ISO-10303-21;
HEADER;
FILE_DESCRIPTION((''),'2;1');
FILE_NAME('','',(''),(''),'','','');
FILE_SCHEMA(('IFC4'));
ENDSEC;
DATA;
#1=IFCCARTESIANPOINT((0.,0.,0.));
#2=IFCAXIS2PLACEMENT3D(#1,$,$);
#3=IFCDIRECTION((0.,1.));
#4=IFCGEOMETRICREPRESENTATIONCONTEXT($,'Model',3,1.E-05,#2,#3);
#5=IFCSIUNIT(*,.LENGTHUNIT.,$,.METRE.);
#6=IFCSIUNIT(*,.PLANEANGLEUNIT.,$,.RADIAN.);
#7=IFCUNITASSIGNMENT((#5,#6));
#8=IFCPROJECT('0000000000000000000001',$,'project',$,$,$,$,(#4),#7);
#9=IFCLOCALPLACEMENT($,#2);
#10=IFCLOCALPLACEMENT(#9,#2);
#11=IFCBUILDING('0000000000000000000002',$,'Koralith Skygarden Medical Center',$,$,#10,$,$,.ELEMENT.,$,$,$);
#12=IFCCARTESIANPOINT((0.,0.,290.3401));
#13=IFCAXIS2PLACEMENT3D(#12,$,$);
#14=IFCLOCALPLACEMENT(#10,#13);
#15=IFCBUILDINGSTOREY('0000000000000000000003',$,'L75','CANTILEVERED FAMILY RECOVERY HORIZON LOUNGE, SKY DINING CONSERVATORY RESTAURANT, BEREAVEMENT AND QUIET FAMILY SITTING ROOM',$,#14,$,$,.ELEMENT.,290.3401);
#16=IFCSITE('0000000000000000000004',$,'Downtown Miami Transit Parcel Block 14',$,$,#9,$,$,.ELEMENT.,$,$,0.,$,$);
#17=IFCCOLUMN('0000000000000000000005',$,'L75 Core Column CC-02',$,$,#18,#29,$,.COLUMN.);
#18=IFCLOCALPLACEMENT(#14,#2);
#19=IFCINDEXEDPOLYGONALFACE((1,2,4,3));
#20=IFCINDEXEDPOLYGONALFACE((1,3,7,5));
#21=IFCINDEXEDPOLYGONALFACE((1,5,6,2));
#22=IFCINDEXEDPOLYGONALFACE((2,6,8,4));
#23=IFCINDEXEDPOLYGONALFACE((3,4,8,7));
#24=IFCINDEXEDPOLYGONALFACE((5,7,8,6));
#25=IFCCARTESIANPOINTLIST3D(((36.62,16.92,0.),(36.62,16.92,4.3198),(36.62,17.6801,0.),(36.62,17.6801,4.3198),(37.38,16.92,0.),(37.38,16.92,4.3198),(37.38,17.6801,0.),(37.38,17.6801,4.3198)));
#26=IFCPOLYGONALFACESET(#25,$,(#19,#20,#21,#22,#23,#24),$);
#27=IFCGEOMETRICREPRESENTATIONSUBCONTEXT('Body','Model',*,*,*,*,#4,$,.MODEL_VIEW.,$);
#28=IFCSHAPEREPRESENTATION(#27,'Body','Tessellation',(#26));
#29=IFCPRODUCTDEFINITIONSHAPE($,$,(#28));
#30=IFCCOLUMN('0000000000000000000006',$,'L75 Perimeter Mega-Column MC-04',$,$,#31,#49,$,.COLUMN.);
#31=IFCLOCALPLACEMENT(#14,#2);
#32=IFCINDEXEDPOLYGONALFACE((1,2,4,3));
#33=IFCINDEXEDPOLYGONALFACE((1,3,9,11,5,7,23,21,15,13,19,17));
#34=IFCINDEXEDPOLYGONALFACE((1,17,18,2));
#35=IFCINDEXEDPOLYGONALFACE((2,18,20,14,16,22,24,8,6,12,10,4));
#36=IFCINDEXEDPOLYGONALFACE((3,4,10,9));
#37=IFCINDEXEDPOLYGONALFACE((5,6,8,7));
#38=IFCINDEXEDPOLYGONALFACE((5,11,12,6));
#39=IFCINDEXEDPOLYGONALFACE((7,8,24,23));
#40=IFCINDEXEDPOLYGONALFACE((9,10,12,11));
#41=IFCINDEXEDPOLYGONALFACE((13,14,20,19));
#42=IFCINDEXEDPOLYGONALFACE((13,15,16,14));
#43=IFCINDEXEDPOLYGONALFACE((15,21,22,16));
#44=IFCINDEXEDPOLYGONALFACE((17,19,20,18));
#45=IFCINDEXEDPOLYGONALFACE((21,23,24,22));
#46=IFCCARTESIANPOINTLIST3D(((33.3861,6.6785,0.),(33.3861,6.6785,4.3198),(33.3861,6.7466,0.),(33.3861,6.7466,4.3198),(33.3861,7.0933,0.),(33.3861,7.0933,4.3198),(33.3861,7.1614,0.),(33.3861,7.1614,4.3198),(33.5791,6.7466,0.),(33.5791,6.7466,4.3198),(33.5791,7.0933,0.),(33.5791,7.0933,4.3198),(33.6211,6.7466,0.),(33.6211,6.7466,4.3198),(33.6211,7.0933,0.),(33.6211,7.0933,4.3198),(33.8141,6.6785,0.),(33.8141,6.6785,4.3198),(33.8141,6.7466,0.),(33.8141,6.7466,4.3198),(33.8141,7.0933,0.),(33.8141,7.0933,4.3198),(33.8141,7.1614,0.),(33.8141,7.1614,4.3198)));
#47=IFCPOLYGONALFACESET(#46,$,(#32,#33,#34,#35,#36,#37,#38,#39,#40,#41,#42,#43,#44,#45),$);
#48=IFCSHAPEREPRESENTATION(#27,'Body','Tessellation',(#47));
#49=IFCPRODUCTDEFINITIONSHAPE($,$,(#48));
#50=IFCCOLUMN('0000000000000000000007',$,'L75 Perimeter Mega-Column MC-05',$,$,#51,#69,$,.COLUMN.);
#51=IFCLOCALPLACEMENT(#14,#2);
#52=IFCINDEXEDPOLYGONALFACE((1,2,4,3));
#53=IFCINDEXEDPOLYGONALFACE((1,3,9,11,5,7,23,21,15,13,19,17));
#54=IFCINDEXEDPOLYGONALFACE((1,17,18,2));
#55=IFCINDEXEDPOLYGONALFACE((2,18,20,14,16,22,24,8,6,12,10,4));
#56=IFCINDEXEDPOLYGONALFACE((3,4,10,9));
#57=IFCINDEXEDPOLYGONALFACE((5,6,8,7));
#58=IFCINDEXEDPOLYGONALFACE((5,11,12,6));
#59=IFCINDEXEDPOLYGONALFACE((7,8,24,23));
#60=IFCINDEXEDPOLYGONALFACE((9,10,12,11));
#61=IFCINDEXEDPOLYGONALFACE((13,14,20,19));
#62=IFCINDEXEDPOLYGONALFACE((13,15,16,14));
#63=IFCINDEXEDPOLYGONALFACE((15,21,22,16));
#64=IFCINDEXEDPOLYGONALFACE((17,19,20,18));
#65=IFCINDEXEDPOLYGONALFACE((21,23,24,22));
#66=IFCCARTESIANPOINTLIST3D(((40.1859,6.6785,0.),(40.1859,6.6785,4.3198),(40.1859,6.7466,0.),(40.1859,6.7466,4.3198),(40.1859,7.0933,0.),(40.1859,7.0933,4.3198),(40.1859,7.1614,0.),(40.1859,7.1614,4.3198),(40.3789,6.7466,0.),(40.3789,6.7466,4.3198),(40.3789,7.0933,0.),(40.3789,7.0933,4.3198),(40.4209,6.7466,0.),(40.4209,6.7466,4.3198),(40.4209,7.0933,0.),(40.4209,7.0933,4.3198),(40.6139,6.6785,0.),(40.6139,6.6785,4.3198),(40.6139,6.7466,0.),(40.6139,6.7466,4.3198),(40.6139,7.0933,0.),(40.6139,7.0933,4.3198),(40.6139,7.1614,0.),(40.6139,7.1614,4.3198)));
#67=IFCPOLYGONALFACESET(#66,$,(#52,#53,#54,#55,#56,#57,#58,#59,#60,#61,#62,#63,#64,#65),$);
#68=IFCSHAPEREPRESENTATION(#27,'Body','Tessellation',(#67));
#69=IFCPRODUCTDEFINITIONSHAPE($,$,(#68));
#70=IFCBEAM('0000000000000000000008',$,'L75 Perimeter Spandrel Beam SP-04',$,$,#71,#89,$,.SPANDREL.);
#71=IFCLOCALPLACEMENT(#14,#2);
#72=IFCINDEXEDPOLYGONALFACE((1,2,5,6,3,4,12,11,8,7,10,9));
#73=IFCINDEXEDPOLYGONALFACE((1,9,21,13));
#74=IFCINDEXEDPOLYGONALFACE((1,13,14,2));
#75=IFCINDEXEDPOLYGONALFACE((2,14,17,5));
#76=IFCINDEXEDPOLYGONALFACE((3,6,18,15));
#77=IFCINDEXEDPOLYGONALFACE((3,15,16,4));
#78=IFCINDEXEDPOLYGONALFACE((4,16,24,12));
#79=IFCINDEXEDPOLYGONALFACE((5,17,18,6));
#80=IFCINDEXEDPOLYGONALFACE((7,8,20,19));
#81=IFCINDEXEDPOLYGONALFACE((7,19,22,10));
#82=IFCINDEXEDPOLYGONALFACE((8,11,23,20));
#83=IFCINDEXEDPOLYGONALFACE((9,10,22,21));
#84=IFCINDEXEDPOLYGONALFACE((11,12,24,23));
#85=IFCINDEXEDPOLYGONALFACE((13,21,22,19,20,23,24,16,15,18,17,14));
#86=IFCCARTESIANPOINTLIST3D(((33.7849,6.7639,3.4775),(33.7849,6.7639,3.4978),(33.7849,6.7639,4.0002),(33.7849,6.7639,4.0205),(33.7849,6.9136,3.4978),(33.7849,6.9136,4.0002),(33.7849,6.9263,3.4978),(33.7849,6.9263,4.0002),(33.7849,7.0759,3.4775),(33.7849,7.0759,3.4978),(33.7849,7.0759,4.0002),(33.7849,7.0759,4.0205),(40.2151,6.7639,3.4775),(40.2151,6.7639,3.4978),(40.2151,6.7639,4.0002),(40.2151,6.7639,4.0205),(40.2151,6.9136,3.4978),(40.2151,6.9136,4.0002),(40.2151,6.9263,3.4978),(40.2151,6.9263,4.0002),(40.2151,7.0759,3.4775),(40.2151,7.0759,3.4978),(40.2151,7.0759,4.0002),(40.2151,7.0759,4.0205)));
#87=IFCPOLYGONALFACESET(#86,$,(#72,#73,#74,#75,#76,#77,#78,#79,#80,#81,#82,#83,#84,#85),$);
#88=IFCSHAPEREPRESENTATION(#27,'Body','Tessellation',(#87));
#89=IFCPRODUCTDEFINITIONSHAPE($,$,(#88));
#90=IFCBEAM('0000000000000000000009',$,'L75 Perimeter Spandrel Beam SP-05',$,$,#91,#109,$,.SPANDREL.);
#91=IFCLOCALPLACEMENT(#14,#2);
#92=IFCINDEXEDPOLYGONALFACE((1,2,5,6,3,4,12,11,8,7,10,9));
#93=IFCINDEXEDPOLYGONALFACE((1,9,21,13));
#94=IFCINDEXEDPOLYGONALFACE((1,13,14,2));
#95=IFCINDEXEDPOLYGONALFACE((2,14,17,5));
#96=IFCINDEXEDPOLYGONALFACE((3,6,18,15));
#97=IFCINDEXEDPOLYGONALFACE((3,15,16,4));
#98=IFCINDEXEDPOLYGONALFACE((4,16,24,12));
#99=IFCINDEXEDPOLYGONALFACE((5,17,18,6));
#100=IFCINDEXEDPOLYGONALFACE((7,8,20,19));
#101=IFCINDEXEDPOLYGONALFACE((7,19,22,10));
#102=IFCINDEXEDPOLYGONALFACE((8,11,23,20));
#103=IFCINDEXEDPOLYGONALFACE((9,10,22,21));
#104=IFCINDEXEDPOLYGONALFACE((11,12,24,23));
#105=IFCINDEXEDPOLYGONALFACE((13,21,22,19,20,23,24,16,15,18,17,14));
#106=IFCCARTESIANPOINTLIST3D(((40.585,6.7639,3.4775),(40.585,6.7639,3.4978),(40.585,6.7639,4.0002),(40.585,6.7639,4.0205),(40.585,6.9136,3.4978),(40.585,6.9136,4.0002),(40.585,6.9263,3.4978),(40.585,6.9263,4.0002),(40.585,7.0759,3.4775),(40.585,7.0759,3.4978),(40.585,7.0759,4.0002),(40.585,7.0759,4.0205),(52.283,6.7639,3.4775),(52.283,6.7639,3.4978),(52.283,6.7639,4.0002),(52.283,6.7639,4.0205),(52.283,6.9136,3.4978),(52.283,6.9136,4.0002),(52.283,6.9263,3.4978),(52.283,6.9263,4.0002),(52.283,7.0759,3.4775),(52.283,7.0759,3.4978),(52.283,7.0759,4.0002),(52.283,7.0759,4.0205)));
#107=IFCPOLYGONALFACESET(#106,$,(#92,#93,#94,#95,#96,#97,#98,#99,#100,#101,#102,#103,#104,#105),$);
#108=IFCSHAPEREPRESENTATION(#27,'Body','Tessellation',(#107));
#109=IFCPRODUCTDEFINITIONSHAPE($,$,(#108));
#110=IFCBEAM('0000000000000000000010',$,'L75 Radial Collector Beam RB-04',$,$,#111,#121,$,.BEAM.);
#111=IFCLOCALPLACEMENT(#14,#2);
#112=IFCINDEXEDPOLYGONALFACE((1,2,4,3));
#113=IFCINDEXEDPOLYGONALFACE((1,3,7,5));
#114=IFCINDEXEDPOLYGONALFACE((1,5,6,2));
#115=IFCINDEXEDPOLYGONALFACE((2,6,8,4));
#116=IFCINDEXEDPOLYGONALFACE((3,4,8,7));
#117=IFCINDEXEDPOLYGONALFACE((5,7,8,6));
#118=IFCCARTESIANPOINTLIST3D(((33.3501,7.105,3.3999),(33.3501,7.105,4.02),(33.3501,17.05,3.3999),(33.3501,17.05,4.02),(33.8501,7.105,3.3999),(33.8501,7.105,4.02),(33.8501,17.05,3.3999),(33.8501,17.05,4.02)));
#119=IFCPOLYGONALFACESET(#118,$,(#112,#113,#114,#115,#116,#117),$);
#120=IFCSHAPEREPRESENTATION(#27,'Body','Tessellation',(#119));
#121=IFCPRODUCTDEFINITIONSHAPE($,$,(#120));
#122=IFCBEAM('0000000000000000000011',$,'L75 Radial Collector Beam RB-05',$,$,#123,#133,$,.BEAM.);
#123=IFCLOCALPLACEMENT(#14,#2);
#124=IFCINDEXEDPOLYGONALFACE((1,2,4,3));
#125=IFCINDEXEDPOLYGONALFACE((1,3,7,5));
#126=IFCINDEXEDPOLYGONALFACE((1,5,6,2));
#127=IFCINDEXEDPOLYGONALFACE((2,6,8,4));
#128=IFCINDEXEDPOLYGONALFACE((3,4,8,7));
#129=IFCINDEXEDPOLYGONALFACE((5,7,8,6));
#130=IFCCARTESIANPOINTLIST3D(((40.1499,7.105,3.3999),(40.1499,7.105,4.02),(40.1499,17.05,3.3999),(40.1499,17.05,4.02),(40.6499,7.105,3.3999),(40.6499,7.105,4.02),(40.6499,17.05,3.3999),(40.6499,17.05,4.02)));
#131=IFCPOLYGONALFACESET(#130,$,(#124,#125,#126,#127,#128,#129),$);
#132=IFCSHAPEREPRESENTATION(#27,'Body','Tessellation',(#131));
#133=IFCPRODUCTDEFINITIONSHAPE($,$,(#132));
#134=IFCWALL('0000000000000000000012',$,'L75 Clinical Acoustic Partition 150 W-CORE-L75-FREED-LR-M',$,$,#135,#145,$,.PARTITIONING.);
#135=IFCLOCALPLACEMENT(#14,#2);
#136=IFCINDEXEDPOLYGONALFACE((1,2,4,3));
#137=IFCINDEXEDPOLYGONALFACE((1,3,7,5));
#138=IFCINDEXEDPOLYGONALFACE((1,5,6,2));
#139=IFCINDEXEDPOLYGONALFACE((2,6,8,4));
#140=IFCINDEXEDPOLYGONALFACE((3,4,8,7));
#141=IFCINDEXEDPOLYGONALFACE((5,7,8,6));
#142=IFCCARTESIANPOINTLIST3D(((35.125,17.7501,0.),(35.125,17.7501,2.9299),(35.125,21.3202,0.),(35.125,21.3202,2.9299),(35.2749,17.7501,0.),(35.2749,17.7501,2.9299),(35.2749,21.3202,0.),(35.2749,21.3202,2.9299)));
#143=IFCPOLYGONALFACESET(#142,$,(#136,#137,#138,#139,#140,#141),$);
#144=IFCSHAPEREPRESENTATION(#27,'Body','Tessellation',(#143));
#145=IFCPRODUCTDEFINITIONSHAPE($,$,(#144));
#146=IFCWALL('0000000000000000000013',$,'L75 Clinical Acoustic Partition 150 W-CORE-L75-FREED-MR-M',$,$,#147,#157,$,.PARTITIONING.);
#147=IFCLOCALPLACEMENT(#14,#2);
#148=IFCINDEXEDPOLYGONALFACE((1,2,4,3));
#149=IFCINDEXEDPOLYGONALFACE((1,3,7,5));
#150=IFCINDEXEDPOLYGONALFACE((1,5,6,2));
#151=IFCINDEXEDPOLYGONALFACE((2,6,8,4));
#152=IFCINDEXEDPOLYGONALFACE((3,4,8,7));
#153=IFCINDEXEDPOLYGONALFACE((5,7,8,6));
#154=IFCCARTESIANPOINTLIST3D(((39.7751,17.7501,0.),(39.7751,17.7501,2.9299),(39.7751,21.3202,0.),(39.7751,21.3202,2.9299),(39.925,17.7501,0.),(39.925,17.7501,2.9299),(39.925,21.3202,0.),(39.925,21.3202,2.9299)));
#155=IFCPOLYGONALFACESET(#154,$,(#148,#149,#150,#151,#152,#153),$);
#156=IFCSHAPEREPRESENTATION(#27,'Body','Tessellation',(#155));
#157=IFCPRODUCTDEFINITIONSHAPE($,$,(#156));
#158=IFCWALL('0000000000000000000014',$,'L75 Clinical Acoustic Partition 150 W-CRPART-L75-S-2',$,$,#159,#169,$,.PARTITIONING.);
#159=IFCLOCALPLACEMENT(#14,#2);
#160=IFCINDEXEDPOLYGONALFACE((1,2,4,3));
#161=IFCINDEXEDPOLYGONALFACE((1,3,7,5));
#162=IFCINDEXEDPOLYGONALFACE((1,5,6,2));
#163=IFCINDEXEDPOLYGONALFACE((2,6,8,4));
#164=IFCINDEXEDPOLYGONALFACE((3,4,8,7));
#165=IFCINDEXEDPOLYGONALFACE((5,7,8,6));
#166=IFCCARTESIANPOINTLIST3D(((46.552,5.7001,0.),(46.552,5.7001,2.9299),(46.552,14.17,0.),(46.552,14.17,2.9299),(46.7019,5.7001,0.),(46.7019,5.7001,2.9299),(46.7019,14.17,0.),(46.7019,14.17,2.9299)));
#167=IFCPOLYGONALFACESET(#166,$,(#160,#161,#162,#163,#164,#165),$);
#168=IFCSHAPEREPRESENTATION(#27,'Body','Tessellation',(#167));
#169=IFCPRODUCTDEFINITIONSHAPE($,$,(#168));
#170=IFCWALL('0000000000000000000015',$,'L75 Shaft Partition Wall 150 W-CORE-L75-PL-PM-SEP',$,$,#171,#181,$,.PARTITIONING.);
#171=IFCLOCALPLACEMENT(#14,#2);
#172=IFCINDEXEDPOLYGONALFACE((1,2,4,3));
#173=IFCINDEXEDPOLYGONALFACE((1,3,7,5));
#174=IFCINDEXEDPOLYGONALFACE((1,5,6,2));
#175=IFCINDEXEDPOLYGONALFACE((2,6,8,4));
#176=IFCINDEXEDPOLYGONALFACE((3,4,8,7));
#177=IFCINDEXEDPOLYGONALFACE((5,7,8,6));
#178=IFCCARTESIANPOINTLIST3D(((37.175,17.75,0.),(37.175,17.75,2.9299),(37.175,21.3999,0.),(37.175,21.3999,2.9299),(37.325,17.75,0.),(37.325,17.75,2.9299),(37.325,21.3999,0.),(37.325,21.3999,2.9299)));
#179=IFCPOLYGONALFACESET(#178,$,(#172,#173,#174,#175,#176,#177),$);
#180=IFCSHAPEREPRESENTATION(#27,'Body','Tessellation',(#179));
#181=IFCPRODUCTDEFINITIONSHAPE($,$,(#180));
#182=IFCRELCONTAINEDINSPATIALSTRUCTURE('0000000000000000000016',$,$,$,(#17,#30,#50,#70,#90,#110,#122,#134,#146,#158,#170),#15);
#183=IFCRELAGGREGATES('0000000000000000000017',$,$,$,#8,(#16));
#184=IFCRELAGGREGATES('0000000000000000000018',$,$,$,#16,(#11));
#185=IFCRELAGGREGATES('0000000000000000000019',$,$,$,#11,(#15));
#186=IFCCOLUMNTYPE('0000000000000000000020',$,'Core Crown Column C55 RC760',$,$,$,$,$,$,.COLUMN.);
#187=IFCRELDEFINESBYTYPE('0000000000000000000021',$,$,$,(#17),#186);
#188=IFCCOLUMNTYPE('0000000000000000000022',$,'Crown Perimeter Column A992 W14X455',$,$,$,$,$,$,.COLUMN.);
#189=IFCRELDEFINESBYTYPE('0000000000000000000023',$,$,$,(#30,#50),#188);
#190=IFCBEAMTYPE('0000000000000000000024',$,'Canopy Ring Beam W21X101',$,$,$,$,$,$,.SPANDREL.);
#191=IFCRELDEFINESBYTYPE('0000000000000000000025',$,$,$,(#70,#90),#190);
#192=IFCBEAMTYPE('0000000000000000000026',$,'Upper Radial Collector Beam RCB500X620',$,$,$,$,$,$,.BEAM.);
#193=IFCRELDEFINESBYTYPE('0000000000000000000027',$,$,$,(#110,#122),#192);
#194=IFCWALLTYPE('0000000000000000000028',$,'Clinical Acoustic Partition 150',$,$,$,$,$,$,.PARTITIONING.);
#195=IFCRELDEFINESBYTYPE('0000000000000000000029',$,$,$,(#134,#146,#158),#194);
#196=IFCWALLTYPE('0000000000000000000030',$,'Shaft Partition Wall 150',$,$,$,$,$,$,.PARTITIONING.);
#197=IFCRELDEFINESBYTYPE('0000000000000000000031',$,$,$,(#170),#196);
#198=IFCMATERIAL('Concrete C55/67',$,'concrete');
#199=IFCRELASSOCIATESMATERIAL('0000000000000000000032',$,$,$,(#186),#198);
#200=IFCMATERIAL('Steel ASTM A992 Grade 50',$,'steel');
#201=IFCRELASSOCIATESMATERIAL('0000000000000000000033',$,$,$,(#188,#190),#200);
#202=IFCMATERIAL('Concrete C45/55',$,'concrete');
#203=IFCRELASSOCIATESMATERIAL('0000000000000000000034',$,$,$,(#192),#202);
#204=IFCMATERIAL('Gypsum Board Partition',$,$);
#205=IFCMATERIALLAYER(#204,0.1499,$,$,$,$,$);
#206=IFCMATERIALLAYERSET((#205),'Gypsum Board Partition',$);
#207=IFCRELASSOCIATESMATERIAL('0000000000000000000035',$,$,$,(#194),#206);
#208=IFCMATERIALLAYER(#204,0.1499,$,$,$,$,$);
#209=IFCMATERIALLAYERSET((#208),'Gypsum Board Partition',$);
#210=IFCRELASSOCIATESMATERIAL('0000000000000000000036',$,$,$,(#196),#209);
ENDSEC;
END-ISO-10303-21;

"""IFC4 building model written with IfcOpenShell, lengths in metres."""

from ifc_helpers import new_model, si_unit, direction, frame, frame_2d, origin, origin_2d, place, context, subcontext, project, spatial, rectangle, i_section, extrude, material, layer, layer_set, material_profile, profile_set, type_object, element, save


model = new_model("IFC4")

# Units and contexts
model_context = context("Model", 3, precision=1e-05, world=origin(), true_north=direction((0.0, 1.0)))
body_context = subcontext(model_context, "Body", "Model", "MODEL_VIEW")
ifc_project = project(units=[si_unit("LENGTHUNIT", "METRE"), si_unit("PLANEANGLEUNIT", "RADIAN")], contexts=[model_context])

# Site, building, storey
site_placement = place(None, origin())
site = spatial("IfcSite", under=ifc_project, at=site_placement, Name="Downtown Miami Transit Parcel Block 14", CompositionType="ELEMENT", RefElevation=0.0)
building_placement = place(site_placement, origin())
building = spatial("IfcBuilding", under=site, at=building_placement, Name="Koralith Skygarden Medical Center", CompositionType="ELEMENT")
storey_placement = place(building_placement, frame((0.0, 0.0, 290.3401)))
storey = spatial("IfcBuildingStorey", under=building, at=storey_placement, Name="L75", Description="CANTILEVERED FAMILY RECOVERY HORIZON LOUNGE, SKY DINING CONSERVATORY RESTAURANT, BEREAVEMENT AND QUIET FAMILY SITTING ROOM", CompositionType="ELEMENT", Elevation=290.3401)

# Columns
ifc_material_1 = material(Name="Concrete C55/67", Category="concrete")
ifc_material_profile_1 = material_profile(ifc_material_1, rectangle(XDim=0.76, YDim=0.76, at=origin_2d()), Name="RC760X760")
ifc_profile_set_1 = profile_set([ifc_material_profile_1], Name="Concrete C55/67")
column_type_1 = type_object("IfcColumnType", Name="Core Crown Column C55 RC760", PredefinedType="COLUMN", material=ifc_profile_set_1)
column_placement = place(storey_placement, frame((37.0, 17.3, 0.0), z_axis=(0.0, 0.0, 1.0), x_axis=(1.0, 0.0, 0.0)))
element("IfcColumn", 1, at=column_placement, inside=storey, type_object=column_type_1, Name="L75 Core Column CC-02", PredefinedType="COLUMN", context=body_context, shape_type="SweptSolid", body=[
    extrude(rectangle(XDim=0.76, YDim=0.76, at=origin_2d()), origin(), (0.0, 0.0, 1.0), 4.3198),
])
ifc_material_2 = material(Name="Steel ASTM A992 Grade 50", Category="steel")
ifc_material_profile_2 = material_profile(ifc_material_2, i_section(OverallWidth=0.428, OverallDepth=0.4829, WebThickness=0.042, FlangeThickness=0.0681, at=origin_2d()), Name="W14X455")
ifc_profile_set_2 = profile_set([ifc_material_profile_2], Name="Steel ASTM A992 Grade 50")
column_type_2 = type_object("IfcColumnType", Name="Crown Perimeter Column A992 W14X455", PredefinedType="COLUMN", material=ifc_profile_set_2)
for number, where, z_axis, x_axis, name in (
    (2, (33.6001, 6.9199, 0.0), (0.0, 0.0, 1.0), (1.0, 0.0, 0.0), "L75 Perimeter Mega-Column MC-04"),
    (3, (40.3999, 6.9199, 0.0), (0.0, 0.0, 1.0), (1.0, 0.0, 0.0), "L75 Perimeter Mega-Column MC-05"),
):
    element("IfcColumn", number, at=place(storey_placement, frame(where, z_axis=z_axis, x_axis=x_axis)), inside=storey, type_object=column_type_2, Name=name, PredefinedType="COLUMN", context=body_context, shape_type="SweptSolid", body=[
        extrude(i_section(OverallWidth=0.428, OverallDepth=0.4829, WebThickness=0.042, FlangeThickness=0.0681, at=origin_2d()), origin(), (0.0, 0.0, 1.0), 4.3198),
    ])

# Beams
ifc_material_profile_3 = material_profile(ifc_material_2, i_section(OverallWidth=0.312, OverallDepth=0.543, WebThickness=0.0127, FlangeThickness=0.0203, at=origin_2d()), Name="W21X101")
ifc_profile_set_3 = profile_set([ifc_material_profile_3], Name="Steel ASTM A992 Grade 50")
beam_type_1 = type_object("IfcBeamType", Name="Canopy Ring Beam W21X101", PredefinedType="SPANDREL", material=ifc_profile_set_3)
beam_1_placement = place(storey_placement, frame((33.7849, 6.9199, 3.749), z_axis=(1.0, 0.0, 0.0), x_axis=(0.0, 1.0, 0.0)))
element("IfcBeam", 4, at=beam_1_placement, inside=storey, type_object=beam_type_1, Name="L75 Perimeter Spandrel Beam SP-04", PredefinedType="SPANDREL", context=body_context, shape_type="SweptSolid", body=[
    extrude(i_section(OverallWidth=0.312, OverallDepth=0.543, WebThickness=0.0127, FlangeThickness=0.0203, at=origin_2d()), origin(), (0.0, 0.0, 1.0), 6.4302),
])
beam_2_placement = place(storey_placement, frame((40.585, 6.9199, 3.749), z_axis=(1.0, 0.0, 0.0), x_axis=(0.0, 1.0, 0.0)))
element("IfcBeam", 5, at=beam_2_placement, inside=storey, type_object=beam_type_1, Name="L75 Perimeter Spandrel Beam SP-05", PredefinedType="SPANDREL", context=body_context, shape_type="SweptSolid", body=[
    extrude(i_section(OverallWidth=0.312, OverallDepth=0.543, WebThickness=0.0127, FlangeThickness=0.0203, at=origin_2d()), origin(), (0.0, 0.0, 1.0), 11.698),
])
ifc_material_3 = material(Name="Concrete C45/55", Category="concrete")
ifc_material_profile_4 = material_profile(ifc_material_3, rectangle(XDim=0.5, YDim=0.6201, at=origin_2d()), Name="RCB500X620")
ifc_profile_set_4 = profile_set([ifc_material_profile_4], Name="Concrete C45/55")
beam_type_2 = type_object("IfcBeamType", Name="Upper Radial Collector Beam RCB500X620", PredefinedType="BEAM", material=ifc_profile_set_4)
for number, where, z_axis, x_axis, name in (
    (6, (33.6001, 17.05, 3.71), (0.0, -1.0, 0.0), (1.0, 0.0, 0.0), "L75 Radial Collector Beam RB-04"),
    (7, (40.3999, 17.05, 3.71), (0.0, -1.0, 0.0), (1.0, 0.0, 0.0), "L75 Radial Collector Beam RB-05"),
):
    element("IfcBeam", number, at=place(storey_placement, frame(where, z_axis=z_axis, x_axis=x_axis)), inside=storey, type_object=beam_type_2, Name=name, PredefinedType="BEAM", context=body_context, shape_type="SweptSolid", body=[
        extrude(rectangle(XDim=0.5, YDim=0.6201, at=origin_2d()), origin(), (0.0, 0.0, 1.0), 9.9451),
    ])

# Walls
ifc_material_4 = material(Name="Gypsum Board Partition")
ifc_layer_1 = layer(ifc_material_4, 0.1499)
ifc_layer_set_1 = layer_set([ifc_layer_1], Name="Gypsum Board Partition")
wall_type_1 = type_object("IfcWallType", Name="Clinical Acoustic Partition 150", PredefinedType="PARTITIONING", material=ifc_layer_set_1)
for number, where, z_axis, x_axis, name in (
    (8, (35.2, 17.75, 0.0), (0.0, 0.0, 1.0), (0.0, 1.0, 0.0), "L75 Clinical Acoustic Partition 150 W-CORE-L75-FREED-LR-M"),
    (9, (39.8501, 17.75, 0.0), (0.0, 0.0, 1.0), (0.0, 1.0, 0.0), "L75 Clinical Acoustic Partition 150 W-CORE-L75-FREED-MR-M"),
):
    element("IfcWall", number, at=place(storey_placement, frame(where, z_axis=z_axis, x_axis=x_axis)), inside=storey, type_object=wall_type_1, Name=name, PredefinedType="PARTITIONING", context=body_context, shape_type="SweptSolid", body=[
        extrude(rectangle(XDim=3.5701, YDim=0.1499, at=frame_2d((1.7852, 0.0))), origin(), (0.0, 0.0, 1.0), 2.9299),
    ])
wall_1_placement = place(storey_placement, frame((46.627, 14.1699, 0.0), z_axis=(0.0, 0.0, 1.0), x_axis=(0.0, -1.0, 0.0)))
element("IfcWall", 10, at=wall_1_placement, inside=storey, type_object=wall_type_1, Name="L75 Clinical Acoustic Partition 150 W-CRPART-L75-S-2", PredefinedType="PARTITIONING", context=body_context, shape_type="SweptSolid", body=[
    extrude(rectangle(XDim=8.47, YDim=0.1499, at=frame_2d((4.2349, 0.0))), origin(), (0.0, 0.0, 1.0), 2.9299),
])

# Wall
ifc_layer_2 = layer(ifc_material_4, 0.1499)
ifc_layer_set_2 = layer_set([ifc_layer_2], Name="Gypsum Board Partition")
wall_type_2 = type_object("IfcWallType", Name="Shaft Partition Wall 150", PredefinedType="PARTITIONING", material=ifc_layer_set_2)
wall_2_placement = place(storey_placement, frame((37.25, 17.75, 0.0), z_axis=(0.0, 0.0, 1.0), x_axis=(0.0, 1.0, 0.0)))
element("IfcWall", 11, at=wall_2_placement, inside=storey, type_object=wall_type_2, Name="L75 Shaft Partition Wall 150 W-CORE-L75-PL-PM-SEP", PredefinedType="PARTITIONING", context=body_context, shape_type="SweptSolid", body=[
    extrude(rectangle(XDim=3.6499, YDim=0.1499, at=frame_2d((1.825, 0.0))), origin(), (0.0, 0.0, 1.0), 2.9299),
])

save(model, "model.ifc")
